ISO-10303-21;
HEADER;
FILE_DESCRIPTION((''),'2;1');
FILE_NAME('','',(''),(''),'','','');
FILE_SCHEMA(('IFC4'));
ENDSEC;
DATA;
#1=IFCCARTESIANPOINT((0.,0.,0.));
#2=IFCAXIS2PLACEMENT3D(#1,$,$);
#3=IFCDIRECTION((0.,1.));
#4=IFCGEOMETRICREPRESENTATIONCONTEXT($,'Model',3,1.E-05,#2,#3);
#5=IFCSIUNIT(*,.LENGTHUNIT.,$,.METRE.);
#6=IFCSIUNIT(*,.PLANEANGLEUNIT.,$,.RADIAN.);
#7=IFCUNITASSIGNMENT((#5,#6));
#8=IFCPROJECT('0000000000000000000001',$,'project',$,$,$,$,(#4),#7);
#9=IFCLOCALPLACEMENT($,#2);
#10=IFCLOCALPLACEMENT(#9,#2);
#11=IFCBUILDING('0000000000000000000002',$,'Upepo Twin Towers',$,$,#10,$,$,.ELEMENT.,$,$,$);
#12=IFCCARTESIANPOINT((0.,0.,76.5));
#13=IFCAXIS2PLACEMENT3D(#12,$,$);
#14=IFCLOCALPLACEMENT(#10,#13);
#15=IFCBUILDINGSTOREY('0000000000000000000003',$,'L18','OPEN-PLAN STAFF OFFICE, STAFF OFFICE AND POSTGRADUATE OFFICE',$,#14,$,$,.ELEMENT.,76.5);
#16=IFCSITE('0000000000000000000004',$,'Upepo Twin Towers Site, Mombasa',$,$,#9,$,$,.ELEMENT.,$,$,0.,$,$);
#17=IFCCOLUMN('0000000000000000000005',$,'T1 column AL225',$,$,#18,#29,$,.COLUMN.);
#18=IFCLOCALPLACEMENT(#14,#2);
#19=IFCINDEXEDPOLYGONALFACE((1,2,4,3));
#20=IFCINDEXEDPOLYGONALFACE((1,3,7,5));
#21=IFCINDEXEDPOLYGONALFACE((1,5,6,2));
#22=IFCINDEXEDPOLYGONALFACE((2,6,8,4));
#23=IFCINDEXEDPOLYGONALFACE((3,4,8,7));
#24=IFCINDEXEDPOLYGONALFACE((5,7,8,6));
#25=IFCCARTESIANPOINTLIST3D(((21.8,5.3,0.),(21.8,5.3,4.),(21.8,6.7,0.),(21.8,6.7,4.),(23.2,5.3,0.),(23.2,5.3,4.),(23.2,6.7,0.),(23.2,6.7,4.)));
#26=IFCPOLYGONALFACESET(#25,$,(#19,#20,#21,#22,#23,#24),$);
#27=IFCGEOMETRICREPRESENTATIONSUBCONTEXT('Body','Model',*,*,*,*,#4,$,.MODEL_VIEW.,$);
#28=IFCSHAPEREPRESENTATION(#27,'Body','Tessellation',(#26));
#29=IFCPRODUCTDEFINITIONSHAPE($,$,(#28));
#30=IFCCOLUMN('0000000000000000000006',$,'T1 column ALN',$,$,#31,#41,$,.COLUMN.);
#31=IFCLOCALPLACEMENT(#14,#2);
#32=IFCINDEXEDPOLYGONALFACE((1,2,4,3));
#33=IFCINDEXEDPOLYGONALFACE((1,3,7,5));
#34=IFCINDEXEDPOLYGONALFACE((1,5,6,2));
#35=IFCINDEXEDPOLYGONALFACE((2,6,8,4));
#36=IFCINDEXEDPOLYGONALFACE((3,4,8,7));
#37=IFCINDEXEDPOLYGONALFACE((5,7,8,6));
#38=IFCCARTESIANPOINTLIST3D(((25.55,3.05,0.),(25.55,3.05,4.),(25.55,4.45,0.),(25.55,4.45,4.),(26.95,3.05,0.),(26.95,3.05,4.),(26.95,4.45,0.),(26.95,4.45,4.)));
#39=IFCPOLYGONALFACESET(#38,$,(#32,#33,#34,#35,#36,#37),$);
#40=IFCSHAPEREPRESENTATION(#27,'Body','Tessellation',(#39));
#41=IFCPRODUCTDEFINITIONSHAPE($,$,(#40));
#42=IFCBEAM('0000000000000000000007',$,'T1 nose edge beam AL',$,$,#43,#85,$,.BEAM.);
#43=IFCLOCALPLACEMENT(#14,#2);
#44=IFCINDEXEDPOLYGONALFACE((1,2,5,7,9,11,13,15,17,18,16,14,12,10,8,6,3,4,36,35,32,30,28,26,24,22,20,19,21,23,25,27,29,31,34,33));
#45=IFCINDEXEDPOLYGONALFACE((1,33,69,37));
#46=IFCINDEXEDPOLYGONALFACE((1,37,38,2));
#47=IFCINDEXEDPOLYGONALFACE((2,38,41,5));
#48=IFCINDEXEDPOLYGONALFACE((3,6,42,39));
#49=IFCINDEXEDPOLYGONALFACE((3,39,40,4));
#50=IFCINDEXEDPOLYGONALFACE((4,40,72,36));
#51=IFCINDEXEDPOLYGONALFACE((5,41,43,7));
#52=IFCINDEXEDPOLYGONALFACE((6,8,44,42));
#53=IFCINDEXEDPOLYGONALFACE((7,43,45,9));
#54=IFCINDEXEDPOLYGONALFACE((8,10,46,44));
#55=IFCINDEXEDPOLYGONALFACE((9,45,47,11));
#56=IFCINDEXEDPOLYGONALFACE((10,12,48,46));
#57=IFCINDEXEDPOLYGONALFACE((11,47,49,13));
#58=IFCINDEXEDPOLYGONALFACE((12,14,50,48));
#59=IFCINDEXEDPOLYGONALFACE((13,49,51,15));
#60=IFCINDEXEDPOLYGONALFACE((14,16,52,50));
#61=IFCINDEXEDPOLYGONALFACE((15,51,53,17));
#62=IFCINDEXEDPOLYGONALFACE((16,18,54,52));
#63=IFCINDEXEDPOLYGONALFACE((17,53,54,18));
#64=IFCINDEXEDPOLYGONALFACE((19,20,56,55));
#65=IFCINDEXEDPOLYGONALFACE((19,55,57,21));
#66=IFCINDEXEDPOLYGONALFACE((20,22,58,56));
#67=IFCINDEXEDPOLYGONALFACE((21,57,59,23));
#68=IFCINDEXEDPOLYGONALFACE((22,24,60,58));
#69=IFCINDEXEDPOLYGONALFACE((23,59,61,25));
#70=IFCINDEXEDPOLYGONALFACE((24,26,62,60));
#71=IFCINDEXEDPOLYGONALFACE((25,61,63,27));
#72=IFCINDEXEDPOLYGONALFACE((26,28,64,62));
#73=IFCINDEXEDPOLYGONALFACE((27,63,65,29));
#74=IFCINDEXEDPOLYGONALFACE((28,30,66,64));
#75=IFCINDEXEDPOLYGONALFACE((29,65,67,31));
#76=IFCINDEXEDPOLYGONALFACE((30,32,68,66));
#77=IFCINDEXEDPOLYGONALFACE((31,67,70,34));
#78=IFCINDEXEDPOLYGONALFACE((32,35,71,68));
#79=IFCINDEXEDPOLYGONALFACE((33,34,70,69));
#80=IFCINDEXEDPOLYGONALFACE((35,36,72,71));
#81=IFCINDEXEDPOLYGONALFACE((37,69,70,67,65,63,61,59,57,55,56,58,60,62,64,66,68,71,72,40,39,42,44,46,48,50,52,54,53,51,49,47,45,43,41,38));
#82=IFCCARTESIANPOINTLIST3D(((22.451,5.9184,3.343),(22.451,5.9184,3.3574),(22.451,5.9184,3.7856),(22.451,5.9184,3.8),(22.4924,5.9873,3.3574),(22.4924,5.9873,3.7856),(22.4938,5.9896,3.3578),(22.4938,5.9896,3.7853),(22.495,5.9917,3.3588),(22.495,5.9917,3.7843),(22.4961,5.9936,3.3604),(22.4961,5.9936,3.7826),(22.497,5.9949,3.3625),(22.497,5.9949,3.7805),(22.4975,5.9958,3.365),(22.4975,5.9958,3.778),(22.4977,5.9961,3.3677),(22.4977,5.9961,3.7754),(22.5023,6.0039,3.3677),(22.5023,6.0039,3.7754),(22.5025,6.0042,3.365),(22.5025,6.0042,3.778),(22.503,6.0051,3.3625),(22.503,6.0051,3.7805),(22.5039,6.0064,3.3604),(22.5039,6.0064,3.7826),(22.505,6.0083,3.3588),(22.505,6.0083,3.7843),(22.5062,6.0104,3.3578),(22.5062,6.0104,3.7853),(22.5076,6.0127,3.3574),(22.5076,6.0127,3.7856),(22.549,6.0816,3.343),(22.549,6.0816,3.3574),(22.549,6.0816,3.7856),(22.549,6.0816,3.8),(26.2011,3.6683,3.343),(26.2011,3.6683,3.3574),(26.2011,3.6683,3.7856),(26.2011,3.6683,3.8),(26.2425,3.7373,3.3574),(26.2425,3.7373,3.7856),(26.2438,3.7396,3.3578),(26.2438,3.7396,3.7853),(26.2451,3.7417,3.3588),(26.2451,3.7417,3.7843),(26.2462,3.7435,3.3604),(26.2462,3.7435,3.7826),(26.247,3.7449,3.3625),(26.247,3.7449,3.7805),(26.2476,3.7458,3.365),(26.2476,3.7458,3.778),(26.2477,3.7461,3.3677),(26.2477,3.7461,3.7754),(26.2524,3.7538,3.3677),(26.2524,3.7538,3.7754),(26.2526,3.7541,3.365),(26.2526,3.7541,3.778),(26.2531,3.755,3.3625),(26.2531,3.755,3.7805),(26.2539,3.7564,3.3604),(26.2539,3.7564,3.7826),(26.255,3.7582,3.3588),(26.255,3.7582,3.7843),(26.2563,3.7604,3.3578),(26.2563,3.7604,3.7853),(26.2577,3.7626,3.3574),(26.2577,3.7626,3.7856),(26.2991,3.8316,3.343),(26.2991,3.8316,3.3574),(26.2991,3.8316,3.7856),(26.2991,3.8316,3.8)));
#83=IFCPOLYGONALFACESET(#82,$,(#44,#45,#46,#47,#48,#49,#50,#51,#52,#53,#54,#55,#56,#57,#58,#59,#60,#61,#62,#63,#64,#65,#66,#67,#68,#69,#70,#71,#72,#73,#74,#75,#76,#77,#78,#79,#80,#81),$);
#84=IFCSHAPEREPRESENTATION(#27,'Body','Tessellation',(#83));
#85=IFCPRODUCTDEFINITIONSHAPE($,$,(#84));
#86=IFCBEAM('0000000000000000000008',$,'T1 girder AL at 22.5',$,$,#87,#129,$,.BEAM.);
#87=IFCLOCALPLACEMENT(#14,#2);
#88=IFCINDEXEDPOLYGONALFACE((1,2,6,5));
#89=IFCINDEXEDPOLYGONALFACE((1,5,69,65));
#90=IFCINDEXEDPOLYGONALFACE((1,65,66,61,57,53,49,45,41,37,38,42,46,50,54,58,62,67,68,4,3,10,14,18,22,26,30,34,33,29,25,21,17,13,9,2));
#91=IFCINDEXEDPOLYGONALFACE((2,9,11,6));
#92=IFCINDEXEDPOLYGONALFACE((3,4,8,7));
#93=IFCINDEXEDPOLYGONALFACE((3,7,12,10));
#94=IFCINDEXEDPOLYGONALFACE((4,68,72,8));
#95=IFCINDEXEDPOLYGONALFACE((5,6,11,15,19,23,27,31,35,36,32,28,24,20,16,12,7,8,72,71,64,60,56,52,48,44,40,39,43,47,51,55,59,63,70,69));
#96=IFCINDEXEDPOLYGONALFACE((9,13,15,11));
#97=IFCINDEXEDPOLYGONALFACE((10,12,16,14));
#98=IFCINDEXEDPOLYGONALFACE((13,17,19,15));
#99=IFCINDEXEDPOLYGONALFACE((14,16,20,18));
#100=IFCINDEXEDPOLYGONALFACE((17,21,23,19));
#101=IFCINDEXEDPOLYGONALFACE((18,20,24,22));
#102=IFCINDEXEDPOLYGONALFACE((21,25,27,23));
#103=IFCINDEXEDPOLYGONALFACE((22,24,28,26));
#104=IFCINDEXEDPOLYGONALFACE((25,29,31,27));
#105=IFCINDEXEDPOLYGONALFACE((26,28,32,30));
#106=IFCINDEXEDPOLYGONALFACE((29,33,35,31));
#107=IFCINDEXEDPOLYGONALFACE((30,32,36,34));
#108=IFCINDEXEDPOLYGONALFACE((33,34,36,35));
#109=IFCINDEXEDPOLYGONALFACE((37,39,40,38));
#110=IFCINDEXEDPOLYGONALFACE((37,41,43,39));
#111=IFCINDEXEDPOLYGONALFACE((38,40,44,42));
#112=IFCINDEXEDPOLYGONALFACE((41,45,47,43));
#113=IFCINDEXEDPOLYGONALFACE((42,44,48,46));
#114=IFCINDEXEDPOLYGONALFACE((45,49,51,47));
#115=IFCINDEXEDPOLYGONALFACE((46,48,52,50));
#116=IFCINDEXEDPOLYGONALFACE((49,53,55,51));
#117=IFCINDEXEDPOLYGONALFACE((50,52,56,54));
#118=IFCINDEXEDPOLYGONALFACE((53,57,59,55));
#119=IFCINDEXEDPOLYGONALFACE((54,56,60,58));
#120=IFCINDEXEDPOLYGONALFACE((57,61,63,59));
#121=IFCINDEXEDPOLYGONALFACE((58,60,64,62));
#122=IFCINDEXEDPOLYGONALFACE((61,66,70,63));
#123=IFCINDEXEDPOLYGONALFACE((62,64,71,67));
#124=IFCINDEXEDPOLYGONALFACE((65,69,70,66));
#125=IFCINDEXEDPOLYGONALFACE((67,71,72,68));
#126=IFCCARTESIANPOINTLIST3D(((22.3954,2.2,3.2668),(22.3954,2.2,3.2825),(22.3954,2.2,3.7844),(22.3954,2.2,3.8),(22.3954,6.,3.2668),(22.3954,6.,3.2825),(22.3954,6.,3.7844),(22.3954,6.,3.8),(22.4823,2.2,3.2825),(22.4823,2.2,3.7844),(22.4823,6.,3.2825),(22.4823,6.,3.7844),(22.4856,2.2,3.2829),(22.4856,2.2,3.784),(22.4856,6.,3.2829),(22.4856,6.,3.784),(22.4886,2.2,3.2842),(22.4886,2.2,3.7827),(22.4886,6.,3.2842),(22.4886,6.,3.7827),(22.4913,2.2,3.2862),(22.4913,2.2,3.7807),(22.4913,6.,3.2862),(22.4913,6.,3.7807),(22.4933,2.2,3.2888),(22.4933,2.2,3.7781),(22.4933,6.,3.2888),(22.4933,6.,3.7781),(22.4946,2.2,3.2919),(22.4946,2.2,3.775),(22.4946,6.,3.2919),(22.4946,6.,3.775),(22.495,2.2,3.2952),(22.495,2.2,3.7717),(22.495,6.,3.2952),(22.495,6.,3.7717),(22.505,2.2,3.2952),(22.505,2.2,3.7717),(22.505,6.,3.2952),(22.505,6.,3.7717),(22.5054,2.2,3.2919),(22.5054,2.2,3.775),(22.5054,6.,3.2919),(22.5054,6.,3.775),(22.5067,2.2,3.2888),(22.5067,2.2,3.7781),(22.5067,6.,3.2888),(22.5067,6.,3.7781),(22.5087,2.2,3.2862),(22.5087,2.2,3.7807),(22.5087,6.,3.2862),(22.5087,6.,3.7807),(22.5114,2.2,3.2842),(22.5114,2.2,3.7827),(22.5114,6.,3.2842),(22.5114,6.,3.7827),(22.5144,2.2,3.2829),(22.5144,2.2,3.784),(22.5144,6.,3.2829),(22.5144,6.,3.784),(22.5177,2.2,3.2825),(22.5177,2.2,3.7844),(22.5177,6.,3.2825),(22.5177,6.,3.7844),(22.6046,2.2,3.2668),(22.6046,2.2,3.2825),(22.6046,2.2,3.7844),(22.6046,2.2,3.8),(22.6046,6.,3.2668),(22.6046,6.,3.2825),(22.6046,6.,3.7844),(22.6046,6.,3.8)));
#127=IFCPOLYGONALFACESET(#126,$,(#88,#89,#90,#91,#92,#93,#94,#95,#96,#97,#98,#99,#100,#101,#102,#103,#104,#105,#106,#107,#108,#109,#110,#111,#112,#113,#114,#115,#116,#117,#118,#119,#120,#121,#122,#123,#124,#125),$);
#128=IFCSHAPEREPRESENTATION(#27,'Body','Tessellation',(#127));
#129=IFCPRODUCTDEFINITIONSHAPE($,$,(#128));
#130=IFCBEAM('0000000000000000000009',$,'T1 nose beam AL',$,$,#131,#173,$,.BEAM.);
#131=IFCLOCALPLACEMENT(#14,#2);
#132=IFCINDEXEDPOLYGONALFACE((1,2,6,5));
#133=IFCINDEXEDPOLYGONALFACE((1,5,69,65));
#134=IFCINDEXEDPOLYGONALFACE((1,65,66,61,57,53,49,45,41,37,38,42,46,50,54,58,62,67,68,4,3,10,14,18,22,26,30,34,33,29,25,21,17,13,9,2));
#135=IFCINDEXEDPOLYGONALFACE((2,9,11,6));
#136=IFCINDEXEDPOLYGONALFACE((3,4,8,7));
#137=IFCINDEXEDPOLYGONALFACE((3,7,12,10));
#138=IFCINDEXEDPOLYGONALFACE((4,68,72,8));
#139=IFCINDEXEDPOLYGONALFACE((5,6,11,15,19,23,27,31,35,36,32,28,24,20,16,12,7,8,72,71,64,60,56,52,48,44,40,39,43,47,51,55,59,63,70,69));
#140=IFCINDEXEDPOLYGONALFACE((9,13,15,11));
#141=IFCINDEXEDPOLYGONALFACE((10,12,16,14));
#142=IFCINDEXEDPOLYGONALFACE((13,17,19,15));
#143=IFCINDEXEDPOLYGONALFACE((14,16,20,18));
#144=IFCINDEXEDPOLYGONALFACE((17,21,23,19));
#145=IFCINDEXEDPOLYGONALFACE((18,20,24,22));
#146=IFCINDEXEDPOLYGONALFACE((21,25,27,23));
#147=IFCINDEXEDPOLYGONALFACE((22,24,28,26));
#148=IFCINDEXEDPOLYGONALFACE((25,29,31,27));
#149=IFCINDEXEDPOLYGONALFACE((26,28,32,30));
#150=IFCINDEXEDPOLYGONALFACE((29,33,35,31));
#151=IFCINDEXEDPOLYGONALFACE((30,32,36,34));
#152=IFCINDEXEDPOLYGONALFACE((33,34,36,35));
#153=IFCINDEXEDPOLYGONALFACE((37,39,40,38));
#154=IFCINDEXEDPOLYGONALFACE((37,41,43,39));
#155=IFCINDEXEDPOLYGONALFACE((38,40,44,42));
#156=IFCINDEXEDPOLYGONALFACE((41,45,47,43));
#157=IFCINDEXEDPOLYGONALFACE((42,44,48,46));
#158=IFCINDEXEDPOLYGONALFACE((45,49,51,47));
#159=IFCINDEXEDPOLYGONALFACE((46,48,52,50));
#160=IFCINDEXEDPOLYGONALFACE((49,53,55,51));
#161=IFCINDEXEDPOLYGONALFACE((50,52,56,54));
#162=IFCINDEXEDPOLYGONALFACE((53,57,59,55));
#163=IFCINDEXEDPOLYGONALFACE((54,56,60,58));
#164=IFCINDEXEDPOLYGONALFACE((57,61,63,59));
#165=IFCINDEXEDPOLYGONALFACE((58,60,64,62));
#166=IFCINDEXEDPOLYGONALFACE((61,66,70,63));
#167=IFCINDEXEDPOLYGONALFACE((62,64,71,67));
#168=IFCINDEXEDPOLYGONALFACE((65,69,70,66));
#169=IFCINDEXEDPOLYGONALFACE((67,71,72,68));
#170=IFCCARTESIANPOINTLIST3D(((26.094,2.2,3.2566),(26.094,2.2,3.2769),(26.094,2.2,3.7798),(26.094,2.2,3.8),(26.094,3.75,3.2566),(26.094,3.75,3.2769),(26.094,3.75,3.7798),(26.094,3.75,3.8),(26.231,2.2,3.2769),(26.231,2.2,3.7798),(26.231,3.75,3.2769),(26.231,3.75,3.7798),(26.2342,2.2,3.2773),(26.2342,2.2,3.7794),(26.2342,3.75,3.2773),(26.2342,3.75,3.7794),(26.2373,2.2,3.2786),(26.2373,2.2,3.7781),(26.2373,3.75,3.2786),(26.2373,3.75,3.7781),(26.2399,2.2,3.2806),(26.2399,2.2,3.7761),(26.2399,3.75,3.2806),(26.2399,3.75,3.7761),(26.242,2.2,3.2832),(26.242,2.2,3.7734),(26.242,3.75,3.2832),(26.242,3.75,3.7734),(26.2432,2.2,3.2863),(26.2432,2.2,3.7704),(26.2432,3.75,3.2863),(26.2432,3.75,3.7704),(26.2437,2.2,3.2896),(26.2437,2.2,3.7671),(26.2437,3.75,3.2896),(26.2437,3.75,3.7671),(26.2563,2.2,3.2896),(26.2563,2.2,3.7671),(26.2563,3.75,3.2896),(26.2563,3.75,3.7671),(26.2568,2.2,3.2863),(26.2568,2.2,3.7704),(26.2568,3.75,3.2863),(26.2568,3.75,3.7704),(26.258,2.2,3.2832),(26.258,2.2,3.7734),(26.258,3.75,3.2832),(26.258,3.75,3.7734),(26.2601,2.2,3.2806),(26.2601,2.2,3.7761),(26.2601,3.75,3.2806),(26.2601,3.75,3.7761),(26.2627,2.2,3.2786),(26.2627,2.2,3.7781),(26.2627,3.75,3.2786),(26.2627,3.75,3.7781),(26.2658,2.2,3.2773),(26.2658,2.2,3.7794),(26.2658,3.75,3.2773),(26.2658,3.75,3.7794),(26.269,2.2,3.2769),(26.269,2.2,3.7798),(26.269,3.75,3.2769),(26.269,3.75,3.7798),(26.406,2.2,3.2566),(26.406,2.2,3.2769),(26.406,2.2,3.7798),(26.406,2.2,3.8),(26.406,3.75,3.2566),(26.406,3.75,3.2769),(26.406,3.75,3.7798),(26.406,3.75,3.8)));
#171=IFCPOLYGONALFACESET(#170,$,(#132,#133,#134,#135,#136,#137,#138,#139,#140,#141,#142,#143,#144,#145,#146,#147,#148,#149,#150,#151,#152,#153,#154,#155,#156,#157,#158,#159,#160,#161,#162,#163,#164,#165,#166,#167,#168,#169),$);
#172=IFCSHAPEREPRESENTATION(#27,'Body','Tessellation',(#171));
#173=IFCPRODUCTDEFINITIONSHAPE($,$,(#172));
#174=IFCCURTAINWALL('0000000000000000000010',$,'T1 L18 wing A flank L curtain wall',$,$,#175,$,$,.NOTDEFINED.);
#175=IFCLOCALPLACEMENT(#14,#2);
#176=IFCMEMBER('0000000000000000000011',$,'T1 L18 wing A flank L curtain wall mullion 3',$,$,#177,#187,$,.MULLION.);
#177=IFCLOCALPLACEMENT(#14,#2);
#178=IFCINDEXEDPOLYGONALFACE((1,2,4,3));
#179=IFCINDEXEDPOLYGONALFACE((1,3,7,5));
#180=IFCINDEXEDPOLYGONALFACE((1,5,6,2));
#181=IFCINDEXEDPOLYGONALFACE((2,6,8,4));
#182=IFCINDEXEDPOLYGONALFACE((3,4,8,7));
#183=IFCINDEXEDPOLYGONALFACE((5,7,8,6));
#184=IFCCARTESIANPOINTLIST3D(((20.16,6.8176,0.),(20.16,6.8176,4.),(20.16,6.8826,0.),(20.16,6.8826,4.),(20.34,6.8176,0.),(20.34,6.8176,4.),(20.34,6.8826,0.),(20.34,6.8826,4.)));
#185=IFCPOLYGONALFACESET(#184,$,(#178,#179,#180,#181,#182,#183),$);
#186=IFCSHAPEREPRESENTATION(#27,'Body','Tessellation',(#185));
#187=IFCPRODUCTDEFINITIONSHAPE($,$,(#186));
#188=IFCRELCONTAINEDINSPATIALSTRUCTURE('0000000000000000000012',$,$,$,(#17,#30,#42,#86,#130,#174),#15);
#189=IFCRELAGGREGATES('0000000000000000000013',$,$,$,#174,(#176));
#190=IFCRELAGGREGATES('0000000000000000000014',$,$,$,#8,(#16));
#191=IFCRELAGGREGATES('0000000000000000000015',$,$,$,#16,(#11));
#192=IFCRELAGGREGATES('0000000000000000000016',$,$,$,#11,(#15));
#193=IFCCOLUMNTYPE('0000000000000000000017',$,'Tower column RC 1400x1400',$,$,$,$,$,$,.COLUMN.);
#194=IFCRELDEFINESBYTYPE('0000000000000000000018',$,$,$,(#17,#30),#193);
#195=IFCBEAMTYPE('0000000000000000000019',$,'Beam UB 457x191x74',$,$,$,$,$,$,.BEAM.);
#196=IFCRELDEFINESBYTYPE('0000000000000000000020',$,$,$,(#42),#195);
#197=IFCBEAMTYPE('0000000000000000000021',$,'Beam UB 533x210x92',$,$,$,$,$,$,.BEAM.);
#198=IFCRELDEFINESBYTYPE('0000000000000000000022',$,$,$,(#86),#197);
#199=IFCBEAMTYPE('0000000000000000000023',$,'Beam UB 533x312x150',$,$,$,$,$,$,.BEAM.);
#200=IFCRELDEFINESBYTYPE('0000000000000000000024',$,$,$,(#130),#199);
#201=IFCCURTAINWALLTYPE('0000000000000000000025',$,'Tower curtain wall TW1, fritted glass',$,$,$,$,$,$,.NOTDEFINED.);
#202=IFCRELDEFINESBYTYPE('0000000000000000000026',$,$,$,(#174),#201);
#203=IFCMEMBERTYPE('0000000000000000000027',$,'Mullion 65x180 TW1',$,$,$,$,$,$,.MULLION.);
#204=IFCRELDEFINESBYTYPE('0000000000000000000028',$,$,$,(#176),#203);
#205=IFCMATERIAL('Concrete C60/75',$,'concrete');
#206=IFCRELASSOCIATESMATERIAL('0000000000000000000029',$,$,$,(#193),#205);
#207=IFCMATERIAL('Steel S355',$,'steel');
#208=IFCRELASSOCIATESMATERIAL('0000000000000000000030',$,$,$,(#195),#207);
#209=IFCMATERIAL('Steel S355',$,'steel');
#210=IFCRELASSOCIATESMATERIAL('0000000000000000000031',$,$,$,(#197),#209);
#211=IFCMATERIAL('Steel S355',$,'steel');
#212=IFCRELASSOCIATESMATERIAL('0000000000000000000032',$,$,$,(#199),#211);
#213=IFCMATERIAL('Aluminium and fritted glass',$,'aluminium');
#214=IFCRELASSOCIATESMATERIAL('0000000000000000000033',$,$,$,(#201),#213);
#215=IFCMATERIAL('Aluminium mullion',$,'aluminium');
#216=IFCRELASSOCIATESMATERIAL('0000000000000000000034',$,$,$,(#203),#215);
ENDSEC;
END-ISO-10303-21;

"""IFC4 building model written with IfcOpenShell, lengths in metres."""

from ifc_helpers import new_model, si_unit, direction, frame, origin, origin_2d, place, context, subcontext, project, spatial, rectangle, i_section, extrude, material, material_profile, profile_set, type_object, element, aggregate, save


model = new_model("IFC4")

# Units and contexts
model_context = context("Model", 3, precision=1e-05, world=origin(), true_north=direction((0.0, 1.0)))
body_context = subcontext(model_context, "Body", "Model", "MODEL_VIEW")
ifc_project = project(units=[si_unit("LENGTHUNIT", "METRE"), si_unit("PLANEANGLEUNIT", "RADIAN")], contexts=[model_context])

# Site, building, storey
site_placement = place(None, origin())
site = spatial("IfcSite", under=ifc_project, at=site_placement, Name="Upepo Twin Towers Site, Mombasa", CompositionType="ELEMENT", RefElevation=0.0)
building_placement = place(site_placement, origin())
building = spatial("IfcBuilding", under=site, at=building_placement, Name="Upepo Twin Towers", CompositionType="ELEMENT")
storey_placement = place(building_placement, frame((0.0, 0.0, 76.5)))
storey = spatial("IfcBuildingStorey", under=building, at=storey_placement, Name="L18", Description="OPEN-PLAN STAFF OFFICE, STAFF OFFICE AND POSTGRADUATE OFFICE", CompositionType="ELEMENT", Elevation=76.5)

# Columns
ifc_material_1 = material(Name="Concrete C60/75", Category="concrete")
ifc_material_profile_1 = material_profile(ifc_material_1, rectangle(XDim=1.3999, YDim=1.3999, at=origin_2d()), Name="RC 1400x1400")
ifc_profile_set_1 = profile_set([ifc_material_profile_1], Name="Concrete C60/75")
column_type = type_object("IfcColumnType", Name="Tower column RC 1400x1400", PredefinedType="COLUMN", material=ifc_profile_set_1)
for number, where, z_axis, x_axis, name in (
    (1, (22.5, 6.0, 0.0), (0.0, 0.0, 1.0), (1.0, 0.0, 0.0), "T1 column AL225"),
    (2, (26.25, 3.75, 0.0), (0.0, 0.0, 1.0), (1.0, 0.0, 0.0), "T1 column ALN"),
):
    element("IfcColumn", number, at=place(storey_placement, frame(where, z_axis=z_axis, x_axis=x_axis)), inside=storey, type_object=column_type, Name=name, PredefinedType="COLUMN", context=body_context, shape_type="SweptSolid", body=[
        extrude(rectangle(XDim=1.3999, YDim=1.3999, at=origin_2d()), origin(), (0.0, 0.0, 1.0), 4.0),
    ])

# Beams
ifc_material_2 = material(Name="Steel S355", Category="steel")
ifc_material_profile_2 = material_profile(ifc_material_2, i_section(OverallWidth=0.1904, OverallDepth=0.457, WebThickness=0.009, FlangeThickness=0.0144, FilletRadius=0.0103, at=origin_2d()), Name="UB 457x191x74")
ifc_profile_set_2 = profile_set([ifc_material_profile_2], Name="Steel S355")
beam_type_1 = type_object("IfcBeamType", Name="Beam UB 457x191x74", PredefinedType="BEAM", material=ifc_profile_set_2)
beam_1_placement = place(storey_placement, frame((22.5, 6.0, 3.5715), z_axis=(0.857493, -0.514496, 0.0), x_axis=(0.514496, 0.857493, 0.0)))
element("IfcBeam", 3, at=beam_1_placement, inside=storey, type_object=beam_type_1, Name="T1 nose edge beam AL", PredefinedType="BEAM", context=body_context, shape_type="SweptSolid", body=[
    extrude(i_section(OverallWidth=0.1904, OverallDepth=0.457, WebThickness=0.009, FlangeThickness=0.0144, FilletRadius=0.0103, at=origin_2d()), origin(), (0.0, 0.0, 1.0), 4.3733),
])
ifc_material_3 = material(Name="Steel S355", Category="steel")
ifc_material_profile_3 = material_profile(ifc_material_3, i_section(OverallWidth=0.2092, OverallDepth=0.5332, WebThickness=0.01, FlangeThickness=0.0156, FilletRadius=0.0127, at=origin_2d()), Name="UB 533x210x92")
ifc_profile_set_3 = profile_set([ifc_material_profile_3], Name="Steel S355")
beam_type_2 = type_object("IfcBeamType", Name="Beam UB 533x210x92", PredefinedType="BEAM", material=ifc_profile_set_3)
beam_2_placement = place(storey_placement, frame((22.5, 6.0, 3.5334), z_axis=(0.0, -1.0, 0.0), x_axis=(1.0, 0.0, 0.0)))
element("IfcBeam", 4, at=beam_2_placement, inside=storey, type_object=beam_type_2, Name="T1 girder AL at 22.5", PredefinedType="BEAM", context=body_context, shape_type="SweptSolid", body=[
    extrude(i_section(OverallWidth=0.2092, OverallDepth=0.5332, WebThickness=0.01, FlangeThickness=0.0156, FilletRadius=0.0127, at=origin_2d()), origin(), (0.0, 0.0, 1.0), 3.8),
])
ifc_material_4 = material(Name="Steel S355", Category="steel")
ifc_material_profile_4 = material_profile(ifc_material_4, i_section(OverallWidth=0.312, OverallDepth=0.5435, WebThickness=0.0127, FlangeThickness=0.0203, FilletRadius=0.0127, at=origin_2d()), Name="UB 533x312x150")
ifc_profile_set_4 = profile_set([ifc_material_profile_4], Name="Steel S355")
beam_type_3 = type_object("IfcBeamType", Name="Beam UB 533x312x150", PredefinedType="BEAM", material=ifc_profile_set_4)
beam_3_placement = place(storey_placement, frame((26.25, 3.75, 3.5283), z_axis=(0.0, -1.0, 0.0), x_axis=(1.0, 0.0, 0.0)))
element("IfcBeam", 5, at=beam_3_placement, inside=storey, type_object=beam_type_3, Name="T1 nose beam AL", PredefinedType="BEAM", context=body_context, shape_type="SweptSolid", body=[
    extrude(i_section(OverallWidth=0.312, OverallDepth=0.5435, WebThickness=0.0127, FlangeThickness=0.0203, FilletRadius=0.0127, at=origin_2d()), origin(), (0.0, 0.0, 1.0), 1.55),
])

# Curtain wall, member
ifc_material_5 = material(Name="Aluminium and fritted glass", Category="aluminium")
curtain_wall_type = type_object("IfcCurtainWallType", Name="Tower curtain wall TW1, fritted glass", PredefinedType="NOTDEFINED", material=ifc_material_5)
curtain_wall_1_placement = place(storey_placement, origin())
curtain_wall_1 = element("IfcCurtainWall", 6, at=curtain_wall_1_placement, inside=storey, type_object=curtain_wall_type, Name="T1 L18 wing A flank L curtain wall", PredefinedType="NOTDEFINED")
ifc_material_6 = material(Name="Aluminium mullion", Category="aluminium")
ifc_material_profile_5 = material_profile(ifc_material_6, rectangle(XDim=0.0649, YDim=0.1799, at=origin_2d()), Name="MULLION 65x180")
ifc_profile_set_5 = profile_set([ifc_material_profile_5], Name="Aluminium mullion")
member_type_1 = type_object("IfcMemberType", Name="Mullion 65x180 TW1", PredefinedType="MULLION", material=ifc_profile_set_5)
member_1_placement = place(storey_placement, frame((20.25, 6.8501, 0.0), z_axis=(0.0, 0.0, 1.0), x_axis=(0.0, 1.0, 0.0)))
member_1 = element("IfcMember", 7, at=member_1_placement, type_object=member_type_1, Name="T1 L18 wing A flank L curtain wall mullion 3", PredefinedType="MULLION", context=body_context, shape_type="SweptSolid", body=[
    extrude(rectangle(XDim=0.0649, YDim=0.1799, at=origin_2d()), origin(), (0.0, 0.0, 1.0), 4.0),
])

aggregate(curtain_wall_1, [member_1])

save(model, "model.ifc")
